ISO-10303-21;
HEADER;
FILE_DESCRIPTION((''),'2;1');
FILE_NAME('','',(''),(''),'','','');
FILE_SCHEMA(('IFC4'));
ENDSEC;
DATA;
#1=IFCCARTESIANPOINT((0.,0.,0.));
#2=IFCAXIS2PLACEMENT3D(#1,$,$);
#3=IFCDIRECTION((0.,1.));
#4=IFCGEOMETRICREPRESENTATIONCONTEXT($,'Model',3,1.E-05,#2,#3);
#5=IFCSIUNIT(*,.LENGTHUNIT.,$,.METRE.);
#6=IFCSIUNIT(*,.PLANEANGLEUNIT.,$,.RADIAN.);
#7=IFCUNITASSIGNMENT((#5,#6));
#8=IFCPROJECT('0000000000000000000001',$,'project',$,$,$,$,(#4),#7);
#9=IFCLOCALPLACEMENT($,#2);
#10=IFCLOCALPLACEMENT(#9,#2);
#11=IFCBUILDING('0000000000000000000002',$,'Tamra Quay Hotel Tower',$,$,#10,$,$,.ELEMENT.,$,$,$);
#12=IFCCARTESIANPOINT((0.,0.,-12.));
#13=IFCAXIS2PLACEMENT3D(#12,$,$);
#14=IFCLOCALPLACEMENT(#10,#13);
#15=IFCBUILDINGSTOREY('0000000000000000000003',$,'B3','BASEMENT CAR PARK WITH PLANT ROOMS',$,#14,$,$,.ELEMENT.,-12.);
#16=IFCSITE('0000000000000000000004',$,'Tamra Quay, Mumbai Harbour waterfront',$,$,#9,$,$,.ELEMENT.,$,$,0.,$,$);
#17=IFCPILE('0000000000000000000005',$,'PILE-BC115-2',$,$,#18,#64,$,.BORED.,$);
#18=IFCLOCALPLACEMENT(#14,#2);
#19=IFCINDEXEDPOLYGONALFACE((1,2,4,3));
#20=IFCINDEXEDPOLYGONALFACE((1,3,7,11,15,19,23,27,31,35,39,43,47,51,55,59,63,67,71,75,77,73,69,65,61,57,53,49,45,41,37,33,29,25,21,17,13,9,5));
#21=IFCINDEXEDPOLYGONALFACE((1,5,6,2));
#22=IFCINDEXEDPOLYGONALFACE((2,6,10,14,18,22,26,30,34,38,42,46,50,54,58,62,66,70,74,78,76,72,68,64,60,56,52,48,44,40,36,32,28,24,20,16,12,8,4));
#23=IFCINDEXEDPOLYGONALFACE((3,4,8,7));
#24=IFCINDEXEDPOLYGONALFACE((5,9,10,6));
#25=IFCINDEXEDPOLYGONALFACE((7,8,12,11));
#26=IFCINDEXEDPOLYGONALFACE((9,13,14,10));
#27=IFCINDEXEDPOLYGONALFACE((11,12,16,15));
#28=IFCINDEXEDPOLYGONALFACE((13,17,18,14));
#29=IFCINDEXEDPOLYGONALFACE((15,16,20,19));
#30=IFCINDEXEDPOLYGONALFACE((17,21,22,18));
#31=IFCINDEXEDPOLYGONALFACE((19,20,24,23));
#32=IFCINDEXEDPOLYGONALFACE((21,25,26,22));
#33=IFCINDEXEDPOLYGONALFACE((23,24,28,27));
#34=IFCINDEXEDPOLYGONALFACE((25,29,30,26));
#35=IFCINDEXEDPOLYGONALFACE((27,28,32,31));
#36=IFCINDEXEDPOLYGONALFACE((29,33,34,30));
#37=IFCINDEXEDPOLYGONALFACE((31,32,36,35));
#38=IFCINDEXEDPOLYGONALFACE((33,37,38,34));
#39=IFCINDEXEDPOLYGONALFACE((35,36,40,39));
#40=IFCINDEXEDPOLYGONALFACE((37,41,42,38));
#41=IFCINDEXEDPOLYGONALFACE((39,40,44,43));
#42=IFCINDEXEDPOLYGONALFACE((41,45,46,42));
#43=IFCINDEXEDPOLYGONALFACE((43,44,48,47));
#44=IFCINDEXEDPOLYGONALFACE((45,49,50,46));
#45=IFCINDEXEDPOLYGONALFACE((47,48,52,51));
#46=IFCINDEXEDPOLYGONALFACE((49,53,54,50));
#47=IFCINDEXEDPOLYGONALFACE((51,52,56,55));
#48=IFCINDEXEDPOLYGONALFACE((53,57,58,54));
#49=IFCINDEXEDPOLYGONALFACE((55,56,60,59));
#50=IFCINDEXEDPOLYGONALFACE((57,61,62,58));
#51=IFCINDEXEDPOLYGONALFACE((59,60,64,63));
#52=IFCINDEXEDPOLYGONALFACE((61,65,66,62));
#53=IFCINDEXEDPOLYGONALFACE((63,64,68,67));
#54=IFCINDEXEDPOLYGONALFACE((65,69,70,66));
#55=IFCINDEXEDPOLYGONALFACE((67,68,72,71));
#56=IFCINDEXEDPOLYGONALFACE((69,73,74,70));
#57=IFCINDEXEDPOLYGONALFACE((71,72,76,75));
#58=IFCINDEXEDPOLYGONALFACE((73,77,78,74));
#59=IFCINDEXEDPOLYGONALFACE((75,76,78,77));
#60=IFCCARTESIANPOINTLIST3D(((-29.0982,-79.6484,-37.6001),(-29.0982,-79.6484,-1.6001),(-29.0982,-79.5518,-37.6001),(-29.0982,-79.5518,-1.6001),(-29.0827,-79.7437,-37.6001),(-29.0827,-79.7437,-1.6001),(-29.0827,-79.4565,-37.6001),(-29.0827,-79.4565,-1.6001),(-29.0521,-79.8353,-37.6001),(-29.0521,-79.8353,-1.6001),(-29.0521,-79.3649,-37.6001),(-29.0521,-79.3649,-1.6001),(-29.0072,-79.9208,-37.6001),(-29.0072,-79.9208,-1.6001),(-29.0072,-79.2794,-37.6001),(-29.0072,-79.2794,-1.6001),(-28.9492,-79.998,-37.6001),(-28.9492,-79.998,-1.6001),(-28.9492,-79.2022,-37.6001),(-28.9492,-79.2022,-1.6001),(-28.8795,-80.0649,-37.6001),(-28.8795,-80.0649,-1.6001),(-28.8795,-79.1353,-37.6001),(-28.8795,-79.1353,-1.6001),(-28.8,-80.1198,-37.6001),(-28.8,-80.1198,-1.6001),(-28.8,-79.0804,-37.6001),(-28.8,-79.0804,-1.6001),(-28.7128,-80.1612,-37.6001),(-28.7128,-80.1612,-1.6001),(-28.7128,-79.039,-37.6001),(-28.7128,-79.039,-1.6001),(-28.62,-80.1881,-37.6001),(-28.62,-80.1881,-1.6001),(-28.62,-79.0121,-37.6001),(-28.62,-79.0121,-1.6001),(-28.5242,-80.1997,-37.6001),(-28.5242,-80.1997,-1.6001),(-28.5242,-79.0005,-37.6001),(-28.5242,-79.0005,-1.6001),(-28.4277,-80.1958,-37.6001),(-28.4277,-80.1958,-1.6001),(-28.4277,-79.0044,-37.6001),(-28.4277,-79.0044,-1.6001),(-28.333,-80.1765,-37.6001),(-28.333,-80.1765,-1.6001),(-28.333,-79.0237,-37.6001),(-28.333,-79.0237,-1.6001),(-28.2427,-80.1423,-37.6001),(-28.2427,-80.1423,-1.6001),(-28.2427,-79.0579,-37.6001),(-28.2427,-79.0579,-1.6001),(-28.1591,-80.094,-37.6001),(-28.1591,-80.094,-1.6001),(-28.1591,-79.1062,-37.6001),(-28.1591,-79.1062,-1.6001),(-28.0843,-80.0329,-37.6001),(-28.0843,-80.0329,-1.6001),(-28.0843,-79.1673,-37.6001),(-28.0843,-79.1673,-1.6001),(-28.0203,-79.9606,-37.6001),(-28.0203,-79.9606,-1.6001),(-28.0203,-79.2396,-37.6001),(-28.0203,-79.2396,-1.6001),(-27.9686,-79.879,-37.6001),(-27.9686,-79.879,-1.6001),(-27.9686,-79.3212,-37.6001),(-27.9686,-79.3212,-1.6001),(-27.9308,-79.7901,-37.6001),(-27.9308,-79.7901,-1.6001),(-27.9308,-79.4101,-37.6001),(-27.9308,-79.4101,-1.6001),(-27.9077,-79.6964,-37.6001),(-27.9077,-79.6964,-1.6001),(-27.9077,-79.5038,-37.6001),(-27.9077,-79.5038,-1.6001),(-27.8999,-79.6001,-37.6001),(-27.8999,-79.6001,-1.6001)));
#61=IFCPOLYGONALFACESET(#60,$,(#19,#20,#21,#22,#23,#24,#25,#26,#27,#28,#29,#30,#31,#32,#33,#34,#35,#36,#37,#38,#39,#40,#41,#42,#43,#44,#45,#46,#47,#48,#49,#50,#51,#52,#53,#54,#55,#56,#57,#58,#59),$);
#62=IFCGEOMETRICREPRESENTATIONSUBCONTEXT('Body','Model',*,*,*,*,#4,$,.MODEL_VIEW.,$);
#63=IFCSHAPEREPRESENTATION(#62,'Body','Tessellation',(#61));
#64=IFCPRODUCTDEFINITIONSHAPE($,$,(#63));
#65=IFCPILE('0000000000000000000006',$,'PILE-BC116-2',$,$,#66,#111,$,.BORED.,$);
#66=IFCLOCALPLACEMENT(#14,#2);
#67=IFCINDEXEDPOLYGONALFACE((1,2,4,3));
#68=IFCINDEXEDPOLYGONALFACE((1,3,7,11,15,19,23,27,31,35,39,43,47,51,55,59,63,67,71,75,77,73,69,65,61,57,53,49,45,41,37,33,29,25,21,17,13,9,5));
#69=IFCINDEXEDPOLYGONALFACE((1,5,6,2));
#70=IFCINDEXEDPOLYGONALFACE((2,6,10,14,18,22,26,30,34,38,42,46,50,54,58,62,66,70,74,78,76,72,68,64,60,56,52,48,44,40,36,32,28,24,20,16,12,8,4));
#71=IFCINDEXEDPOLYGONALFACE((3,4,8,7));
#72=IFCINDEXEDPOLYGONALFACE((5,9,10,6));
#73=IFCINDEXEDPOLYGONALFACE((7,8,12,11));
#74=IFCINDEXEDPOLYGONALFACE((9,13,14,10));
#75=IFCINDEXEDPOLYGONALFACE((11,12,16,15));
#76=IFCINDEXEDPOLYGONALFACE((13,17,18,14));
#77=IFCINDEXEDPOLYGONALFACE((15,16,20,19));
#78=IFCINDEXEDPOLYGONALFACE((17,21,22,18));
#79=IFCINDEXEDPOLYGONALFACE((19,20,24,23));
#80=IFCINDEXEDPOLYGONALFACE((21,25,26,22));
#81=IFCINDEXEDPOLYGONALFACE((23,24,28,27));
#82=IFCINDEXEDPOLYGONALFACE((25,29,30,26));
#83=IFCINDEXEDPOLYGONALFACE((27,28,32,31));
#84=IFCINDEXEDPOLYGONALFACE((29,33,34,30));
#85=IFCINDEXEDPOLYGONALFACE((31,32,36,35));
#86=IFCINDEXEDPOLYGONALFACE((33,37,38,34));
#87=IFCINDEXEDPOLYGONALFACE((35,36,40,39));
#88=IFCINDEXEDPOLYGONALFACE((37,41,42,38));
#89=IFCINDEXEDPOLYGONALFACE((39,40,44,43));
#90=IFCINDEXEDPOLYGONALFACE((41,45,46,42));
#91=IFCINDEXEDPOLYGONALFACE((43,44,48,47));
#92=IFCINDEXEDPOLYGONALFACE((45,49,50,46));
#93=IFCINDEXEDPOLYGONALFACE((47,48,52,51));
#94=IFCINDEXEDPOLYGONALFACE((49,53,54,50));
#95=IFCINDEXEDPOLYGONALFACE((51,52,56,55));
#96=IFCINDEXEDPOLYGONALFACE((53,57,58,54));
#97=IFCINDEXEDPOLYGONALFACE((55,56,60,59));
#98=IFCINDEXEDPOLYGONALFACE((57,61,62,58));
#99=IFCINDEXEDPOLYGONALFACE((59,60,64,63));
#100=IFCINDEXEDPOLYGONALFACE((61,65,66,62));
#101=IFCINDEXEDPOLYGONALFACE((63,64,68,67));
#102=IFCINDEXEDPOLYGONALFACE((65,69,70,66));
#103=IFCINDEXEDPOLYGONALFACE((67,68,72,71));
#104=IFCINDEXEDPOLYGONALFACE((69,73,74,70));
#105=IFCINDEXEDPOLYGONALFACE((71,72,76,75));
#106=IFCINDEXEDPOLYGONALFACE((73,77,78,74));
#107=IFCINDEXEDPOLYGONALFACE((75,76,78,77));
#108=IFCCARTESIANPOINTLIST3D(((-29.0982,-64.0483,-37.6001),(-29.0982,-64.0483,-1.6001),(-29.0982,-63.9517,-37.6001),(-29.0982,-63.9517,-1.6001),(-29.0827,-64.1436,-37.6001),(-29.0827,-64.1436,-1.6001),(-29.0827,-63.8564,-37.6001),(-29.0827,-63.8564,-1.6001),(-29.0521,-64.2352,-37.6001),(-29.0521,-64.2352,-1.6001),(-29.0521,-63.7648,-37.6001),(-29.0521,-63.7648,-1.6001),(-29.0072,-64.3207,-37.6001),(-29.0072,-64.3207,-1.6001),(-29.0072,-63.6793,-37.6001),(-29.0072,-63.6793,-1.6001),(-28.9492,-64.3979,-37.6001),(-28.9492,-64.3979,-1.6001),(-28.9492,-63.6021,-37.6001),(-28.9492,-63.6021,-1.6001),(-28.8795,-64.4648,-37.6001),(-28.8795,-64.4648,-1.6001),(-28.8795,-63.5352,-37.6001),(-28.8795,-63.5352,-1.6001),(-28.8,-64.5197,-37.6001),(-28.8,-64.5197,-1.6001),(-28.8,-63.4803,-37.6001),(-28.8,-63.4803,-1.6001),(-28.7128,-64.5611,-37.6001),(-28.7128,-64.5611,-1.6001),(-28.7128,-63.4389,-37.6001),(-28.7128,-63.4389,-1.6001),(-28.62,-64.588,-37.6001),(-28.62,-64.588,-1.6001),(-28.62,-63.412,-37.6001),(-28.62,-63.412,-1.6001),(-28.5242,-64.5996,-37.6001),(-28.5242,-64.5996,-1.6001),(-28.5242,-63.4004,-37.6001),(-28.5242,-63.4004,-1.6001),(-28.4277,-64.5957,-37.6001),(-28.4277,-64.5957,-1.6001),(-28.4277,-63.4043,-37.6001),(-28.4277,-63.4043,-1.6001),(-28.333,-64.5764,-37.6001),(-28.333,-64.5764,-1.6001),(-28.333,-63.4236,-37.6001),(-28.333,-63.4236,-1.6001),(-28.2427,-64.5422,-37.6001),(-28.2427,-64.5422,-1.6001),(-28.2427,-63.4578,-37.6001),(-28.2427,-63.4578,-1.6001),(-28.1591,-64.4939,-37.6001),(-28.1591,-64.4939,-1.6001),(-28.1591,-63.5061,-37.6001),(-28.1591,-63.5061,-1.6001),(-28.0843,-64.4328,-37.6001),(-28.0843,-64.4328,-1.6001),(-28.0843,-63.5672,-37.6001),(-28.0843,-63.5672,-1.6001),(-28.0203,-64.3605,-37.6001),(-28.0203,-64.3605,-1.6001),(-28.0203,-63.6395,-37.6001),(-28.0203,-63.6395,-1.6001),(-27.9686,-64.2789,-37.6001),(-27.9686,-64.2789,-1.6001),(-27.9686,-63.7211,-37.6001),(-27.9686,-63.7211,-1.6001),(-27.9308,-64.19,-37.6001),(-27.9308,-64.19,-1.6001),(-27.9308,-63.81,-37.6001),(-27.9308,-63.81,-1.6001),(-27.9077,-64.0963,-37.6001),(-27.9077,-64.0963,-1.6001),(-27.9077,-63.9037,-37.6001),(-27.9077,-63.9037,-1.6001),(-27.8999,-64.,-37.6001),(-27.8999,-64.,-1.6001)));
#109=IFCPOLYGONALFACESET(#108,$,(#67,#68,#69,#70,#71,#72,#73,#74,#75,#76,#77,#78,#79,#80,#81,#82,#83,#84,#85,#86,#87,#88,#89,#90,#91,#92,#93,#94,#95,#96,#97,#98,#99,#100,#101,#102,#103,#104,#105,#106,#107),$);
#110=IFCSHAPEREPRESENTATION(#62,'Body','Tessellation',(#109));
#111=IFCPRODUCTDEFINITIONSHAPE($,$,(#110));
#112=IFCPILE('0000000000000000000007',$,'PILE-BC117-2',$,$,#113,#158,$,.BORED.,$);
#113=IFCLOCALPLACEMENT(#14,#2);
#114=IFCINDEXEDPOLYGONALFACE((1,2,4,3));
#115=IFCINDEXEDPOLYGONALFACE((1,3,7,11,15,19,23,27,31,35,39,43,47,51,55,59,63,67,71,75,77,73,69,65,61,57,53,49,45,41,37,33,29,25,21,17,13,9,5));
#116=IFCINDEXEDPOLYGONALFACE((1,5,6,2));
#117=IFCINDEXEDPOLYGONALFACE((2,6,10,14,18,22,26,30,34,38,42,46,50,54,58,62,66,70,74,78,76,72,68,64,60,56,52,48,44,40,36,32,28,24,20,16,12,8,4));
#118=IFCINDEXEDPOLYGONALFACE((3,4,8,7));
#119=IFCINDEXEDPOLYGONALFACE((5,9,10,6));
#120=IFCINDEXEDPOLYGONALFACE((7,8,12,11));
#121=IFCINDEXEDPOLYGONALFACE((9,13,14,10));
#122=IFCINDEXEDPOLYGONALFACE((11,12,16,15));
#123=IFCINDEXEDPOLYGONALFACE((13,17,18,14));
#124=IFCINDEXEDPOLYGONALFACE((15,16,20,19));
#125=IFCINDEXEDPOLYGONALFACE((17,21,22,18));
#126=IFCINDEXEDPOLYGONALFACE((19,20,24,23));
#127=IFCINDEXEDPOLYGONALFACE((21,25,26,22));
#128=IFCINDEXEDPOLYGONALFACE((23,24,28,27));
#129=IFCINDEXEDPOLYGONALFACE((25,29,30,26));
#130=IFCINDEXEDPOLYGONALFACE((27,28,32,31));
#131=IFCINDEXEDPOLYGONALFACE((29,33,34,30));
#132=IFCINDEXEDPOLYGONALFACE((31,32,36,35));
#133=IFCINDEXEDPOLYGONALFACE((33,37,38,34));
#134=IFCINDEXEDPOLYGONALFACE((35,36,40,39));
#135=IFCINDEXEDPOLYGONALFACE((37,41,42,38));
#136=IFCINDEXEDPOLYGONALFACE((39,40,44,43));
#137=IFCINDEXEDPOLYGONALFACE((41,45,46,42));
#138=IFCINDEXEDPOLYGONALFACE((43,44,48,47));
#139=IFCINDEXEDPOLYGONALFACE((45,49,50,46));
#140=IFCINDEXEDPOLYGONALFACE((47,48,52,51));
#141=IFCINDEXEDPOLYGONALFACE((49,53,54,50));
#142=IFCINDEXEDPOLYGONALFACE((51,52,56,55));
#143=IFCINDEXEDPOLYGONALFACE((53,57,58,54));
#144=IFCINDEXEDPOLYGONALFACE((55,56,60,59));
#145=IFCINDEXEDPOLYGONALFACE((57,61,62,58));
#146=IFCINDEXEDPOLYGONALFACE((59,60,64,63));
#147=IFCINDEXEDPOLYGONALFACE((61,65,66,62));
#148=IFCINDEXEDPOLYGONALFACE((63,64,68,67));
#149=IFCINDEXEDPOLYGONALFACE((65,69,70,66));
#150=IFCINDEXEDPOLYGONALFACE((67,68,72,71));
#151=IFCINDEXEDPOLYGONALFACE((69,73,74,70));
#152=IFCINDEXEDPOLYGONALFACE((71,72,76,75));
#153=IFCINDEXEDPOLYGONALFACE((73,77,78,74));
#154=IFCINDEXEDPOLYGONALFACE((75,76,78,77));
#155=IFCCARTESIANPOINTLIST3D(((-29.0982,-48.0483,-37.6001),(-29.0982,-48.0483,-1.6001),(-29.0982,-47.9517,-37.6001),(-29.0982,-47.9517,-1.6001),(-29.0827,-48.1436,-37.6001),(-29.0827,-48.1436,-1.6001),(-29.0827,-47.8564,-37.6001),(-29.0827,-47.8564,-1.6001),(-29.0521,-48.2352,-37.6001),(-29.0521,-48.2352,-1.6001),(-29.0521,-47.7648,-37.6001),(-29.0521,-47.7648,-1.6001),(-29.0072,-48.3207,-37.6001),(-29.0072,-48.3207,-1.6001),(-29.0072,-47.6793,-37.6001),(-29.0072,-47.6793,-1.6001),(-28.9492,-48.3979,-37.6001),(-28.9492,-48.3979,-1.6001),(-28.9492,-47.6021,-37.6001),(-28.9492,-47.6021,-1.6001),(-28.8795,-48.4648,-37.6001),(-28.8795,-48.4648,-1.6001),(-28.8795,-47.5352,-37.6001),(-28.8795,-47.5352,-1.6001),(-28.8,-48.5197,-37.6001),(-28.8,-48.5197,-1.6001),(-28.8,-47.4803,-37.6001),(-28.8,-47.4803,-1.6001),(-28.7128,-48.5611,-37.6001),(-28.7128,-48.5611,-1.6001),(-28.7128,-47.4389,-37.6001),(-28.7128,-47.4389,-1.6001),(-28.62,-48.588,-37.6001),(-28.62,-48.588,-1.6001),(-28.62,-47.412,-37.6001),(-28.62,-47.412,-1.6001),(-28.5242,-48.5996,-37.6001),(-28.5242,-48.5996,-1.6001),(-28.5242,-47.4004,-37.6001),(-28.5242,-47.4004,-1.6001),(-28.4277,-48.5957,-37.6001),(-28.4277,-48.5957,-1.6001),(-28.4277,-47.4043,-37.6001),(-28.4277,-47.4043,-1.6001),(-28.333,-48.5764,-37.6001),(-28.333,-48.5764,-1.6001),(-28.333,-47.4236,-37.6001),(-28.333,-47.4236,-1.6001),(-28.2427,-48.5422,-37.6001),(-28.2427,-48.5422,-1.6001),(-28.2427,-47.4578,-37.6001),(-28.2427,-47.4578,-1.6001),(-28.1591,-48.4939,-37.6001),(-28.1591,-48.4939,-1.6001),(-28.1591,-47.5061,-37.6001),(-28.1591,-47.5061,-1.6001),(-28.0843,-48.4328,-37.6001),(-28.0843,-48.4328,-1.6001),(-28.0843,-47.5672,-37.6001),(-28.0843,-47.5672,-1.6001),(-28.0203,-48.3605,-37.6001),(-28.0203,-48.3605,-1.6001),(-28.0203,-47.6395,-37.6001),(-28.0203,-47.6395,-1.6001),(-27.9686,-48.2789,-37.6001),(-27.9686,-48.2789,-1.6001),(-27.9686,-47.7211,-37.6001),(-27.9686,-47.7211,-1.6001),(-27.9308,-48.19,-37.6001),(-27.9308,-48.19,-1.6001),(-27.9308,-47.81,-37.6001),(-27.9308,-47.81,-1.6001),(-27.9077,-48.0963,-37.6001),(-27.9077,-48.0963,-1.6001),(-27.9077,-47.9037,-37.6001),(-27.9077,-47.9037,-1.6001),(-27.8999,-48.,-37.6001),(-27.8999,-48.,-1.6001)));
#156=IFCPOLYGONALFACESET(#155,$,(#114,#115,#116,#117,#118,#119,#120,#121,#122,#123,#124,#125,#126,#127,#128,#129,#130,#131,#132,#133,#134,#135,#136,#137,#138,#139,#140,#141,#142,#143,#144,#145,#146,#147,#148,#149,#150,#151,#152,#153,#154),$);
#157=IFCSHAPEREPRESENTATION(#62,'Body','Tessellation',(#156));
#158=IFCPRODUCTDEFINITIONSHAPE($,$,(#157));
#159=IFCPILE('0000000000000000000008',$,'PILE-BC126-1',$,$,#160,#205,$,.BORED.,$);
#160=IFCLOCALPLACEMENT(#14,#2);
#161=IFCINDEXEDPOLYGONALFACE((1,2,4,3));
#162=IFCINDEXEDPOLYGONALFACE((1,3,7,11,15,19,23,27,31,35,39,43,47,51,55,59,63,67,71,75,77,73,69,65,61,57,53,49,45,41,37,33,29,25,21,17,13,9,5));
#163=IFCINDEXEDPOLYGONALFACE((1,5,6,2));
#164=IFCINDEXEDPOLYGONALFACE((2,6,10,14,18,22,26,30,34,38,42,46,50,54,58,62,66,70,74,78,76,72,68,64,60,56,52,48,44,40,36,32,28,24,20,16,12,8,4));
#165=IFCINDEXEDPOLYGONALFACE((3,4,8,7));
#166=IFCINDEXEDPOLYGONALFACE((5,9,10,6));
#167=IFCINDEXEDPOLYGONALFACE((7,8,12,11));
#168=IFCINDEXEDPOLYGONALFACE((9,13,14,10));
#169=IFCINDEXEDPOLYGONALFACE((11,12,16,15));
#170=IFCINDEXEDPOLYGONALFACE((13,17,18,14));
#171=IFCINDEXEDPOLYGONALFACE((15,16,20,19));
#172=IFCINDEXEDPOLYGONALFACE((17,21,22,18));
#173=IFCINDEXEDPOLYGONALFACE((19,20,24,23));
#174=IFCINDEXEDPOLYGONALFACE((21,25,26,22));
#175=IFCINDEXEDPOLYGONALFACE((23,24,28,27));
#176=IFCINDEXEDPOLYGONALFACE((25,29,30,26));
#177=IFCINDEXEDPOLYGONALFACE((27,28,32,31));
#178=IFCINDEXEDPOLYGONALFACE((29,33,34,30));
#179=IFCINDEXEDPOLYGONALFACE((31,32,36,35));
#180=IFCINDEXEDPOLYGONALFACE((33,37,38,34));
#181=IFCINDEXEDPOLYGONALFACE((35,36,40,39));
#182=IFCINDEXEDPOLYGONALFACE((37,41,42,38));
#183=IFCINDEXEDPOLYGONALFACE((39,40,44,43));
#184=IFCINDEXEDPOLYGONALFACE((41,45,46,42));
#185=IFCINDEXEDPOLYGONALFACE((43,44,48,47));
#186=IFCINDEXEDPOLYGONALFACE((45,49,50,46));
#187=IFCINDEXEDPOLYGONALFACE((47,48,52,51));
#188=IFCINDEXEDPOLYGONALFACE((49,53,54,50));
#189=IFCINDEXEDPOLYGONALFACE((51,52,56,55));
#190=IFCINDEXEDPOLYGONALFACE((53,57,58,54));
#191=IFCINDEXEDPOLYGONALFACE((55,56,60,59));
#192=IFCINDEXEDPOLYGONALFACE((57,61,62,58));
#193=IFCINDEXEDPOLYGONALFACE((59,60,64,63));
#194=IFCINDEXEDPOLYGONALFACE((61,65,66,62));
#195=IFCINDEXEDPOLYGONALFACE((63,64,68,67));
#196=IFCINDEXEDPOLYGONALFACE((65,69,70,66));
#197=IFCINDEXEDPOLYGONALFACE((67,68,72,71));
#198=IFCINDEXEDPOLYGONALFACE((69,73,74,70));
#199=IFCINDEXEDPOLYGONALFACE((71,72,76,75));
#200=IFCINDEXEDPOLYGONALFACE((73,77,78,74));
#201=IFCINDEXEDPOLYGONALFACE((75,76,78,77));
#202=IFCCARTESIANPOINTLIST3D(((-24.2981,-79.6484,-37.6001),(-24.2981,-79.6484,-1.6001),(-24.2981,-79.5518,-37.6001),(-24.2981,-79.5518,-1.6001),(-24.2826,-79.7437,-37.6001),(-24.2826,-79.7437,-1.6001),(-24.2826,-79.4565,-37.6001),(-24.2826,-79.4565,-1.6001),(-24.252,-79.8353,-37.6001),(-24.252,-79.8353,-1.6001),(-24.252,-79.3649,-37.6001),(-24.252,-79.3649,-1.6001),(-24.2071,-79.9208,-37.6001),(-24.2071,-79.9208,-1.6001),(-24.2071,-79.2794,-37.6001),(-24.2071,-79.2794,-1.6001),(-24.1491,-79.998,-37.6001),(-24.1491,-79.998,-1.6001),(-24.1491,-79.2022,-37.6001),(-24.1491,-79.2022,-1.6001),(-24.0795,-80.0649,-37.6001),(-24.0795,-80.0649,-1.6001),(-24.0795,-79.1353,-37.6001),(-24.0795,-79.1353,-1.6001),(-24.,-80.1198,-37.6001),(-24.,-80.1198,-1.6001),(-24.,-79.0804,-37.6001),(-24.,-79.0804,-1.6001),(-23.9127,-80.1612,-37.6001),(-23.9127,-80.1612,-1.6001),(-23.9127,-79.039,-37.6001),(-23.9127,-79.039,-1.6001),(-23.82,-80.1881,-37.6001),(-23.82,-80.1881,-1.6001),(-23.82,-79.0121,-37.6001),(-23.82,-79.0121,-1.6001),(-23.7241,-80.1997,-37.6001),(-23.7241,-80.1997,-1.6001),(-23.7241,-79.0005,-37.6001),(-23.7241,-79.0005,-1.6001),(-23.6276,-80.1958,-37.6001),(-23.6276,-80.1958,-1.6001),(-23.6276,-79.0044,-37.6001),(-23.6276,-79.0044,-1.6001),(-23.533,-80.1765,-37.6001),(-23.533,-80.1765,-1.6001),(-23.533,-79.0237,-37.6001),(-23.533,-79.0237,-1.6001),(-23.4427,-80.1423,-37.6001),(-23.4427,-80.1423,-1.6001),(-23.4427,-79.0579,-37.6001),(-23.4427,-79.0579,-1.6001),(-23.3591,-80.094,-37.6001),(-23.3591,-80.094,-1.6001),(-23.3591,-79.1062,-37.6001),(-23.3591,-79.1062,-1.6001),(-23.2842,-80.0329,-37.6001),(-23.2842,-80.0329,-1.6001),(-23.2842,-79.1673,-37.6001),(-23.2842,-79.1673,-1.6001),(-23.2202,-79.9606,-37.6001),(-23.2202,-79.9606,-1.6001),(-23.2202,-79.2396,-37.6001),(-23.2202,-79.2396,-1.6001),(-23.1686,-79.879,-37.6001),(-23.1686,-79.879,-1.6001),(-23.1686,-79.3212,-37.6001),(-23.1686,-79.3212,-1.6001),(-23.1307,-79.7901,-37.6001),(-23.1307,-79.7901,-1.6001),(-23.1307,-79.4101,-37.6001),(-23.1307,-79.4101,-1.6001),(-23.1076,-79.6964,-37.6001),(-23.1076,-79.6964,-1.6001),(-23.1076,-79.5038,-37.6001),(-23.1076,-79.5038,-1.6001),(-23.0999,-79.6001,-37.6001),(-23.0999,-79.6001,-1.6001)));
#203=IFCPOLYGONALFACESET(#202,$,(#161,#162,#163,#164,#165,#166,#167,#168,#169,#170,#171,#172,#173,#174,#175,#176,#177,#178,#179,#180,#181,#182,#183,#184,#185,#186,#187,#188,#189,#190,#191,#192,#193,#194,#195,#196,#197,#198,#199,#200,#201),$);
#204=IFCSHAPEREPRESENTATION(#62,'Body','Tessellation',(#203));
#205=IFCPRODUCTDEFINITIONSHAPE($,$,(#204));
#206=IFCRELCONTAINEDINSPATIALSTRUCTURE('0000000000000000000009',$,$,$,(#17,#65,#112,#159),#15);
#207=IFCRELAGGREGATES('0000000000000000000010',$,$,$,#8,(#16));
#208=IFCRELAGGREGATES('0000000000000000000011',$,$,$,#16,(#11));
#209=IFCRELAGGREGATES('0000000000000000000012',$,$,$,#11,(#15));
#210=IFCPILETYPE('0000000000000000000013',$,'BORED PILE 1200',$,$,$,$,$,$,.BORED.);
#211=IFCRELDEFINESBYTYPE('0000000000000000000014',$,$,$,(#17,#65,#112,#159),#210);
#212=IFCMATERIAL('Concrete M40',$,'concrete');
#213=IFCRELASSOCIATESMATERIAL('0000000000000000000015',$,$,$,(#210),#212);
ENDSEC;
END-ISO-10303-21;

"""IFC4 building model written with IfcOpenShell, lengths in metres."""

from ifc_helpers import new_model, si_unit, direction, frame, origin, origin_2d, place, context, subcontext, project, spatial, circle, extrude, material, material_profile, profile_set, type_object, element, save


model = new_model("IFC4")

# Units and contexts
model_context = context("Model", 3, precision=1e-05, world=origin(), true_north=direction((0.0, 1.0)))
body_context = subcontext(model_context, "Body", "Model", "MODEL_VIEW")
ifc_project = project(units=[si_unit("LENGTHUNIT", "METRE"), si_unit("PLANEANGLEUNIT", "RADIAN")], contexts=[model_context])

# Site, building, storey
site_placement = place(None, origin())
site = spatial("IfcSite", under=ifc_project, at=site_placement, Name="Tamra Quay, Mumbai Harbour waterfront", CompositionType="ELEMENT", RefElevation=0.0)
building_placement = place(site_placement, origin())
building = spatial("IfcBuilding", under=site, at=building_placement, Name="Tamra Quay Hotel Tower", CompositionType="ELEMENT")
storey_placement = place(building_placement, frame((0.0, 0.0, -12.0)))
storey = spatial("IfcBuildingStorey", under=building, at=storey_placement, Name="B3", Description="BASEMENT CAR PARK WITH PLANT ROOMS", CompositionType="ELEMENT", Elevation=-12.0)

# Piles
ifc_material_1 = material(Name="Concrete M40", Category="concrete")
ifc_material_profile_1 = material_profile(ifc_material_1, circle(Radius=0.6001, at=origin_2d()), Name="BORED PILE 1200")
ifc_profile_set_1 = profile_set([ifc_material_profile_1], Name="Concrete M40")
pile_type = type_object("IfcPileType", Name="BORED PILE 1200", PredefinedType="BORED", material=ifc_profile_set_1)
for number, where, z_axis, x_axis, name in (
    (1, (-28.5, -79.6001, -1.6001), (0.0, 0.0, -1.0), (1.0, 0.0, 0.0), "PILE-BC115-2"),
    (2, (-28.5, -64.0, -1.6001), (0.0, 0.0, -1.0), (1.0, 0.0, 0.0), "PILE-BC116-2"),
    (3, (-28.5, -48.0, -1.6001), (0.0, 0.0, -1.0), (1.0, 0.0, 0.0), "PILE-BC117-2"),
    (4, (-23.7, -79.6001, -1.6001), (0.0, 0.0, -1.0), (1.0, 0.0, 0.0), "PILE-BC126-1"),
):
    element("IfcPile", number, at=place(storey_placement, frame(where, z_axis=z_axis, x_axis=x_axis)), inside=storey, type_object=pile_type, Name=name, PredefinedType="BORED", context=body_context, shape_type="SweptSolid", body=[
        extrude(circle(Radius=0.6001, at=origin_2d()), origin(), (0.0, 0.0, 1.0), 36.0),
    ])

save(model, "model.ifc")
